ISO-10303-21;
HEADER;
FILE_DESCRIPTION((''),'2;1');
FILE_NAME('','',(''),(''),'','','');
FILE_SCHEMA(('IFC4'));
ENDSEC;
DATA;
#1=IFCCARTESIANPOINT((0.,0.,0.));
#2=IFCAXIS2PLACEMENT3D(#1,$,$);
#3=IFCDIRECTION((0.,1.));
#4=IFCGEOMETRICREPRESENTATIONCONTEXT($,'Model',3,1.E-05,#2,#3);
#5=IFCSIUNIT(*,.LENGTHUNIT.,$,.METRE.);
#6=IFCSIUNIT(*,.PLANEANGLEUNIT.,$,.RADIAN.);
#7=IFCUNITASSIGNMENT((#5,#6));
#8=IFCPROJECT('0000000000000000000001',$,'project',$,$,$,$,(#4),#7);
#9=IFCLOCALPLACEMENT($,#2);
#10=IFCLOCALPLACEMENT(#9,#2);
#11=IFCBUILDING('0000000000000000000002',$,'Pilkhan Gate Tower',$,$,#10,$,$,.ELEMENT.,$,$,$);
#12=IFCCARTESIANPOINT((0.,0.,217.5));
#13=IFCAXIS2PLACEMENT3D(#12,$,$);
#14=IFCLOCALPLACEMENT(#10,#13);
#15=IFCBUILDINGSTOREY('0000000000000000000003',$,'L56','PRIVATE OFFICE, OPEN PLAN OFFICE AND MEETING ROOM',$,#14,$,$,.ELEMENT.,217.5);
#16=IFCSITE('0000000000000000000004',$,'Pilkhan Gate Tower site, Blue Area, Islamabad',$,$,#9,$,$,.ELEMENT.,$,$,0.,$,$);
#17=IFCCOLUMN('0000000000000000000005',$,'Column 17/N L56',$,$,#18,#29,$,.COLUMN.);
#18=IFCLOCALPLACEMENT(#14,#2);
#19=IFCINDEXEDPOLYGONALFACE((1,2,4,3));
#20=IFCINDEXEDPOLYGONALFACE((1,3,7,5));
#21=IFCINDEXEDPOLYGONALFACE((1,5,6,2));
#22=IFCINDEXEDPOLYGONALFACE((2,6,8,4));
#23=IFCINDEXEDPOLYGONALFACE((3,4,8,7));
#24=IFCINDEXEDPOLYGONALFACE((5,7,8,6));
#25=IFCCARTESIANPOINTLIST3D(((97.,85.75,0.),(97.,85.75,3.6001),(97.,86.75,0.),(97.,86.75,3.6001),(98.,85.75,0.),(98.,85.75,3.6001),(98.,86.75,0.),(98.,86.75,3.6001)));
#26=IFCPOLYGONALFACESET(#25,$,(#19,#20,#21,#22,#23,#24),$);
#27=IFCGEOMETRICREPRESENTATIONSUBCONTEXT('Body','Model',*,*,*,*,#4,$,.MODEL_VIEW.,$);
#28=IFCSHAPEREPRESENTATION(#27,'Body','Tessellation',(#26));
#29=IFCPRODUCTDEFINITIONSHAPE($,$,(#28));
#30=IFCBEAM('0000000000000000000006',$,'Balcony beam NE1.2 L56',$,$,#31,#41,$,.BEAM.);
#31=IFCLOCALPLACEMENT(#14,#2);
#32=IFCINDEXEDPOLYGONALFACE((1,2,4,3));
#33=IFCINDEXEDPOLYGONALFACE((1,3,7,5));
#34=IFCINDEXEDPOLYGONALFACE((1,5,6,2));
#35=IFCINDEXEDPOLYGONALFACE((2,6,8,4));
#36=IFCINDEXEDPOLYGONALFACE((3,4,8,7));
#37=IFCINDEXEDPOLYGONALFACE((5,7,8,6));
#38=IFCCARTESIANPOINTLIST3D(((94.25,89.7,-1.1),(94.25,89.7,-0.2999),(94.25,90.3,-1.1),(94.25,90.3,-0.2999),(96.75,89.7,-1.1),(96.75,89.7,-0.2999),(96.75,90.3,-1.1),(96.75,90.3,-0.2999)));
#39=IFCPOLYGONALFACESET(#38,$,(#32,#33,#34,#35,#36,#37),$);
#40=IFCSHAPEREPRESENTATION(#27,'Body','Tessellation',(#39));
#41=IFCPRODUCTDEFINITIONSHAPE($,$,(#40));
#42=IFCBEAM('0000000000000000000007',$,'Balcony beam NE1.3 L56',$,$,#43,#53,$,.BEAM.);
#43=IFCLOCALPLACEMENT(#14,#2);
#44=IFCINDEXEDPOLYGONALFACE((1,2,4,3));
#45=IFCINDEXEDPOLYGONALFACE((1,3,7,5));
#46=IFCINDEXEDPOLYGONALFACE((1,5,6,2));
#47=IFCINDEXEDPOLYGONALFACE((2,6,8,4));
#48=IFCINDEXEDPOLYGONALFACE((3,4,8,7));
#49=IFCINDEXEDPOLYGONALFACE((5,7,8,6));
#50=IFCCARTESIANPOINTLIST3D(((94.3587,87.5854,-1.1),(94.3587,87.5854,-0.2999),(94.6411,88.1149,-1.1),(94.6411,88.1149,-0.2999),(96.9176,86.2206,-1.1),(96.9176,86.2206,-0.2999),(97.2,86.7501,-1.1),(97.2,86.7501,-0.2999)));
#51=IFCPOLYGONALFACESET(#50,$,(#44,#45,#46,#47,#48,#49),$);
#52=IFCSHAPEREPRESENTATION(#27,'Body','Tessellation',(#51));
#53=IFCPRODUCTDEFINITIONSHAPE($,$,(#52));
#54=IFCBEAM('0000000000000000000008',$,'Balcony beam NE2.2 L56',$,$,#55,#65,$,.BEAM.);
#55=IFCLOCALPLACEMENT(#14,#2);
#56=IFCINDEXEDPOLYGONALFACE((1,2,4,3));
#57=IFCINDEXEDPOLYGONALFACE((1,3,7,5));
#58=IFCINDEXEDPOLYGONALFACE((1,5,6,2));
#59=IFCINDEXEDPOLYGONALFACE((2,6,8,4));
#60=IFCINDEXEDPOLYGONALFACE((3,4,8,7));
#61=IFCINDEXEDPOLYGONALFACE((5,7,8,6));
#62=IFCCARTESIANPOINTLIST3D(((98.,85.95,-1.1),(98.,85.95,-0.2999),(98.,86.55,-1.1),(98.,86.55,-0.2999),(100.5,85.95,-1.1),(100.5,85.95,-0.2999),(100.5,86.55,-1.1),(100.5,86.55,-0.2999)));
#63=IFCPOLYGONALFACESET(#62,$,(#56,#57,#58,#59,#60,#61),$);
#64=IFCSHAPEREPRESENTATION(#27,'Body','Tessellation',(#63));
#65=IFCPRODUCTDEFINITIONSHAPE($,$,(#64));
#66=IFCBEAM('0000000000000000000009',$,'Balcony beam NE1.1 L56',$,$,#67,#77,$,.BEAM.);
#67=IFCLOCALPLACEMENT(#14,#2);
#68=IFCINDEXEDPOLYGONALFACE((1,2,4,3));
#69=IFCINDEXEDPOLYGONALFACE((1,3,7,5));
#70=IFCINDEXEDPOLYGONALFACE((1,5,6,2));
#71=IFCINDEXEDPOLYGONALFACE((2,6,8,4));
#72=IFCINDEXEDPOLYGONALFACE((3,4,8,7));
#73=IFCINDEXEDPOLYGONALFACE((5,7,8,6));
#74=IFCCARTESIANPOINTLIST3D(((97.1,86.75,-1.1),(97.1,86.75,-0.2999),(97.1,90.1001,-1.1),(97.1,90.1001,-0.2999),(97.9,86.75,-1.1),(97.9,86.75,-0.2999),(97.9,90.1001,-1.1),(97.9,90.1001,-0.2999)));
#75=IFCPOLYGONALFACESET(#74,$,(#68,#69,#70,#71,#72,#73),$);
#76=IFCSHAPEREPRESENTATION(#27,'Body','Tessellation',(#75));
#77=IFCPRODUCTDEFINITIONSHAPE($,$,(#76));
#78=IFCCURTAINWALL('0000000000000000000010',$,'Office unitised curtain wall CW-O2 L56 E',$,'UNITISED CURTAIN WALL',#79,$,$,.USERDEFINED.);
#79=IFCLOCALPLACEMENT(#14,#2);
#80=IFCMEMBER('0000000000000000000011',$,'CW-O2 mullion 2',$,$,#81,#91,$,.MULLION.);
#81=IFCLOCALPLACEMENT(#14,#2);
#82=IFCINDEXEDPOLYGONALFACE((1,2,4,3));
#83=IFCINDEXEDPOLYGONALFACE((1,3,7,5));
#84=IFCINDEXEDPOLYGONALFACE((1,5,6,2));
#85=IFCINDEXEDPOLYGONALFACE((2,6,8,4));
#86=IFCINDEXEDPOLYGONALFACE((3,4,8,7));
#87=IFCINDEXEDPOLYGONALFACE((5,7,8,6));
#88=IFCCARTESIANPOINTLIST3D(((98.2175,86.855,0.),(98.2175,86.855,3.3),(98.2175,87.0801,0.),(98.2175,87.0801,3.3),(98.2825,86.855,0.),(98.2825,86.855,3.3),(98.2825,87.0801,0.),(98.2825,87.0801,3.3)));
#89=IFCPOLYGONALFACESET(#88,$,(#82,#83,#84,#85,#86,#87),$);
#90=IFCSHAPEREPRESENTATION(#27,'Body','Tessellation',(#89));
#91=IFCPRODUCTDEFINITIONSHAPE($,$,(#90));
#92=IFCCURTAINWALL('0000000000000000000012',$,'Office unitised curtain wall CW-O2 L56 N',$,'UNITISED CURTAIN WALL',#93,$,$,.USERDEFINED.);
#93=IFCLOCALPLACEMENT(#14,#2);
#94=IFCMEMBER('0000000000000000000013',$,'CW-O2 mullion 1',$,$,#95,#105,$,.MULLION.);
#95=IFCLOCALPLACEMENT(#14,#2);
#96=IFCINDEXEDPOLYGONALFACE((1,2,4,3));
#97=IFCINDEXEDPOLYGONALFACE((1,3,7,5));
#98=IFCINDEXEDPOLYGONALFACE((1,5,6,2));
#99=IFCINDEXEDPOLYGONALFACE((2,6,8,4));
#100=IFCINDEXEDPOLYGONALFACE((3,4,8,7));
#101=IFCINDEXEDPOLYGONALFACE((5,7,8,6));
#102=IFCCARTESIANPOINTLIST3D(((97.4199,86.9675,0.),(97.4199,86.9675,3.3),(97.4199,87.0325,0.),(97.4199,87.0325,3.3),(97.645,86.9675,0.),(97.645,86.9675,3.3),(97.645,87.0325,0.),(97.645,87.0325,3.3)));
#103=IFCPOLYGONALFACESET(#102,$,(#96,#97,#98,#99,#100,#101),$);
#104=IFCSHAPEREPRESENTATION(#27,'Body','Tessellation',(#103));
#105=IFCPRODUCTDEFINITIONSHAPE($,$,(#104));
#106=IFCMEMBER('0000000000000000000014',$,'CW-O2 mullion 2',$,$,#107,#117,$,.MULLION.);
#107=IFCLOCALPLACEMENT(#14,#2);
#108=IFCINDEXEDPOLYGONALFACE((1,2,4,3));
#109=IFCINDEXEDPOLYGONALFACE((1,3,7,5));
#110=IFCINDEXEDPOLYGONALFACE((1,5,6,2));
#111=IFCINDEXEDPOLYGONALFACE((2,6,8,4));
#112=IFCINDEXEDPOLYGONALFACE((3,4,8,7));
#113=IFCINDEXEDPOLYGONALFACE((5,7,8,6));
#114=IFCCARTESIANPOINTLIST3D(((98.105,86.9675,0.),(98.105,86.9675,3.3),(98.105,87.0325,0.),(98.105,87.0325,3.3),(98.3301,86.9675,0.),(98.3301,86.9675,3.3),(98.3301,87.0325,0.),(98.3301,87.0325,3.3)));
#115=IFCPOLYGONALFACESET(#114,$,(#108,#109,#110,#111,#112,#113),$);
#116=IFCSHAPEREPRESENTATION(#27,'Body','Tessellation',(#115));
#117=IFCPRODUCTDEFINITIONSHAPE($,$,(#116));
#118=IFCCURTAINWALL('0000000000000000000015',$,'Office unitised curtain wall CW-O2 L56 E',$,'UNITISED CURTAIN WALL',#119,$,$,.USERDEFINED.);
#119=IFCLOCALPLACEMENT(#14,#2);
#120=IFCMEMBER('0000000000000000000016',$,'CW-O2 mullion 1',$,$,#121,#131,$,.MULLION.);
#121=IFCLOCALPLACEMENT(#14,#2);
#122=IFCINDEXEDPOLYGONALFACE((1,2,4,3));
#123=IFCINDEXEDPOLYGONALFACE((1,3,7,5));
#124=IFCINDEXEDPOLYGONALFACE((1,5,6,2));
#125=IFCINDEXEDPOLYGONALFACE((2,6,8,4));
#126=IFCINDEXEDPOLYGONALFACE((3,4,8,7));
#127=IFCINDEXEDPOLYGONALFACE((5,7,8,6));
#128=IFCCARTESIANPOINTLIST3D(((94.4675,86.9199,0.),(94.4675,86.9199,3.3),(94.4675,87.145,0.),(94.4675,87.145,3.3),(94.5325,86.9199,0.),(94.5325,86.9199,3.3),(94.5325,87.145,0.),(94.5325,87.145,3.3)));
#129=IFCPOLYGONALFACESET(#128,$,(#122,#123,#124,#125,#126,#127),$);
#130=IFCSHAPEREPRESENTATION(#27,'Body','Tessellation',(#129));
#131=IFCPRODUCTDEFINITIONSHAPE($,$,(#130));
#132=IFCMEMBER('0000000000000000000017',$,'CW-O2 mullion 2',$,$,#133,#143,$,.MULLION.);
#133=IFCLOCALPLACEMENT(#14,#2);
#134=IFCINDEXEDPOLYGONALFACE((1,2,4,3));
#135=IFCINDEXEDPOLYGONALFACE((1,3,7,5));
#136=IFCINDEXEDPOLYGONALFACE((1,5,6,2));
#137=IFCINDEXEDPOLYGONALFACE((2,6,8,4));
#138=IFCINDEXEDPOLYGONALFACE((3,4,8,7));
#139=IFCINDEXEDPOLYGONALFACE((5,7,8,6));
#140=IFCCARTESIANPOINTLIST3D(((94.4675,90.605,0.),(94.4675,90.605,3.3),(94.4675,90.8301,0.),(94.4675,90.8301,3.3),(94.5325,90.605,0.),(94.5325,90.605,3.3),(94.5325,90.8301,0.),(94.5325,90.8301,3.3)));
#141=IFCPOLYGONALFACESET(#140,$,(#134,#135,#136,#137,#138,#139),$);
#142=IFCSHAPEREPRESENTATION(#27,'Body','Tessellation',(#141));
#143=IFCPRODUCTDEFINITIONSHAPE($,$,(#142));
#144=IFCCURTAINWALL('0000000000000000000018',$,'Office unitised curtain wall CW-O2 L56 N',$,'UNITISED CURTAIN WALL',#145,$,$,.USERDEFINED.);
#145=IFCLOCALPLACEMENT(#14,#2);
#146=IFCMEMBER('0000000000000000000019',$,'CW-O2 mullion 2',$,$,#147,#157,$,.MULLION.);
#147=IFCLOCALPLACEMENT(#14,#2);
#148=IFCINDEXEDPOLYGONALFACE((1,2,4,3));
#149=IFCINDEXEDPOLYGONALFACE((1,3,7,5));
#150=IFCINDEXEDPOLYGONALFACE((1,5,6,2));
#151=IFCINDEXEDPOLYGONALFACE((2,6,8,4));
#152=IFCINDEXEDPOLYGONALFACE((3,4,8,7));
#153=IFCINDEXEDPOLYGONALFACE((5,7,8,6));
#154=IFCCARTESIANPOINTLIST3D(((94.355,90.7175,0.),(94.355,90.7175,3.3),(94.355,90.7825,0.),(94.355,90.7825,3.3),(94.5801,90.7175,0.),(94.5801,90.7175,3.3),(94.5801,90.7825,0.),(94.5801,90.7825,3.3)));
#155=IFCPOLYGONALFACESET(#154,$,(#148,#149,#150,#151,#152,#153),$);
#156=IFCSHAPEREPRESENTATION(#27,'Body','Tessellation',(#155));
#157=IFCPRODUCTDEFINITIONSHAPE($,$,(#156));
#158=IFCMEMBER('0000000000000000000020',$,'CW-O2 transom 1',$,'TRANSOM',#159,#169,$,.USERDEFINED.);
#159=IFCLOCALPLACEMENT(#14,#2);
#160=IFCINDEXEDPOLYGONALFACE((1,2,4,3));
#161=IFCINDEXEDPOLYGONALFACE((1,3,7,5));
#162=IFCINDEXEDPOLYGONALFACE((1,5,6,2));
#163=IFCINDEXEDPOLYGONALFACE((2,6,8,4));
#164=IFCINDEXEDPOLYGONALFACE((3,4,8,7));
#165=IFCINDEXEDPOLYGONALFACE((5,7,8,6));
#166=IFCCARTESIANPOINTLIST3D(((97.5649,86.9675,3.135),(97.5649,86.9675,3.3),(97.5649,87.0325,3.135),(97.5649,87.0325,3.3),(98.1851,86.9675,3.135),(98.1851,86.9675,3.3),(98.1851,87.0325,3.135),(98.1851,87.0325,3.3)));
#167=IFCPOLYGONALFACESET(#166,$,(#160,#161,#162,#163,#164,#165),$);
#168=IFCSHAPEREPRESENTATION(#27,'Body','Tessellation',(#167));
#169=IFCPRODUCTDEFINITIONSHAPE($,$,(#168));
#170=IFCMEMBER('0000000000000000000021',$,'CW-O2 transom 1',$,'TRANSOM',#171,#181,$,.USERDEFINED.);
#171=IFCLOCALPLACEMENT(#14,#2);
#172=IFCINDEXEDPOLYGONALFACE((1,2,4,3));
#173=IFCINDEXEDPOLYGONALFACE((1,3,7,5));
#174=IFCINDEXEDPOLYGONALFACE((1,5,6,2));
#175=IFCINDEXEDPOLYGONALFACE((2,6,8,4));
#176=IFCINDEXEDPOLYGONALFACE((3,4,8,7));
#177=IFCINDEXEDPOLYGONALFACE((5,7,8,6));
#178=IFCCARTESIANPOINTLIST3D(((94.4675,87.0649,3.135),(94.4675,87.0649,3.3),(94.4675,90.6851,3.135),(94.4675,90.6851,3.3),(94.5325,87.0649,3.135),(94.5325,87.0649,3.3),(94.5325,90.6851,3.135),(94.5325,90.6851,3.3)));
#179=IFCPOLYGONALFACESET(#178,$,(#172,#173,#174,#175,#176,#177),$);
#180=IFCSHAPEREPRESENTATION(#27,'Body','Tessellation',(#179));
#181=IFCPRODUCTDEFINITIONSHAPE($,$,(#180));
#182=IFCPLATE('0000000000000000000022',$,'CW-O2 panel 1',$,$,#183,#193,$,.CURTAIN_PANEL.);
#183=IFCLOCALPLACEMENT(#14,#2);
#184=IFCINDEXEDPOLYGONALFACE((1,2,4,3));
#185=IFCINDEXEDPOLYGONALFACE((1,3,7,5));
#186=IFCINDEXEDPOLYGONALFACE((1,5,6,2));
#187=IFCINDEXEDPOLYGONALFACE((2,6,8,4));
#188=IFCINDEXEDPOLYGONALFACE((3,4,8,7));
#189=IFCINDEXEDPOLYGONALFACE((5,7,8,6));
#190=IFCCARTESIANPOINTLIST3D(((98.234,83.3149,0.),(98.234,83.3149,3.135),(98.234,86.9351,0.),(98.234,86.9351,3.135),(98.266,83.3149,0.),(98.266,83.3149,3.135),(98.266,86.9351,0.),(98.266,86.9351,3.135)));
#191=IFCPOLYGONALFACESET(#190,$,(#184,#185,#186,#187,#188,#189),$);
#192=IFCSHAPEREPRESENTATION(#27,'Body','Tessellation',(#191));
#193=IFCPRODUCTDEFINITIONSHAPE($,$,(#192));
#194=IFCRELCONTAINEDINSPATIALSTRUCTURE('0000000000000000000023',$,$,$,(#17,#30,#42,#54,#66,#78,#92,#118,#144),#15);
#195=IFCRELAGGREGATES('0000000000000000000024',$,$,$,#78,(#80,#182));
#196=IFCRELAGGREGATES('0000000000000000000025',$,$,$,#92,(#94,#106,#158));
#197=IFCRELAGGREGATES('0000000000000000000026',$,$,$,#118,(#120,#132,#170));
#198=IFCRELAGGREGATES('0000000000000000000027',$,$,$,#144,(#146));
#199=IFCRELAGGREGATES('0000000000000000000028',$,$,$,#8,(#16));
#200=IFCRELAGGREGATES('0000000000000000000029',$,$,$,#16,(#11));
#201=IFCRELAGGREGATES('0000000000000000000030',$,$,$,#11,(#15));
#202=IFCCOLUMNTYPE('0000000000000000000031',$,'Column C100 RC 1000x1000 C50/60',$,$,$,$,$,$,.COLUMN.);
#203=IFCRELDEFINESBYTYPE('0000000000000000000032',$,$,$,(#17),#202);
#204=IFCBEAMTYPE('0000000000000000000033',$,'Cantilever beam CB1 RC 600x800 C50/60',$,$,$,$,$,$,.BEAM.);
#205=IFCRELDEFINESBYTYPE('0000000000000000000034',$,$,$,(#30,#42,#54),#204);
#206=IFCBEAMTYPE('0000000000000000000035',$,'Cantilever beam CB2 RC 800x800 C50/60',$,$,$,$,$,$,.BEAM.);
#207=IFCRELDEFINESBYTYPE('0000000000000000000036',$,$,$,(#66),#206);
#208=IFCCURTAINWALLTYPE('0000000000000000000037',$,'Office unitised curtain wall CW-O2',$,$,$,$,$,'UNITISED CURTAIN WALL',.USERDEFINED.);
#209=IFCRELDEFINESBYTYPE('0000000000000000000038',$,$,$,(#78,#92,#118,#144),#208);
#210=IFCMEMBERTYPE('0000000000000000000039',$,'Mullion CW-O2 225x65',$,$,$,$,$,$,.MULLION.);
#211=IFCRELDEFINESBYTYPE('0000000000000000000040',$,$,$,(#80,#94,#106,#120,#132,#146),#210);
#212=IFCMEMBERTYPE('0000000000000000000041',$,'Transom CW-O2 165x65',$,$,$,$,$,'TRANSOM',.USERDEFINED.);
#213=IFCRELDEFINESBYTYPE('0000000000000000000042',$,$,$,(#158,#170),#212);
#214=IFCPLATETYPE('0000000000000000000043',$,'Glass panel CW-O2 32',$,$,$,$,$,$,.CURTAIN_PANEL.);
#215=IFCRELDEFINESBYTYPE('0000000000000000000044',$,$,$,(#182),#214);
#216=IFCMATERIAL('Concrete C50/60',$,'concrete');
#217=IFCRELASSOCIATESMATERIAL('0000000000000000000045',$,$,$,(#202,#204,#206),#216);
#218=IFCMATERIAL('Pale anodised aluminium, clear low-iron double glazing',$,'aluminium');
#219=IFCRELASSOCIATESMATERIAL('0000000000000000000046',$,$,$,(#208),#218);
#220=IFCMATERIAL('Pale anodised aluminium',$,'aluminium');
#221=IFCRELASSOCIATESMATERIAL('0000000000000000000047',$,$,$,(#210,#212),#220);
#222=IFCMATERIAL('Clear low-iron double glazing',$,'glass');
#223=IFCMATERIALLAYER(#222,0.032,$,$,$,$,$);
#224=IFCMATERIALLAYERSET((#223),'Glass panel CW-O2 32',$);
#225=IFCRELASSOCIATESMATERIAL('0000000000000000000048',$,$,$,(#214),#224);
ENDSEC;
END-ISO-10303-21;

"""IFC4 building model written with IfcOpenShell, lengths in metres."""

from ifc_helpers import new_model, si_unit, direction, frame, origin, origin_2d, place, context, subcontext, project, spatial, rectangle, extrude, material, layer, layer_set, material_profile, profile_set, type_object, element, aggregate, save


model = new_model("IFC4")

# Units and contexts
model_context = context("Model", 3, precision=1e-05, world=origin(), true_north=direction((0.0, 1.0)))
body_context = subcontext(model_context, "Body", "Model", "MODEL_VIEW")
ifc_project = project(units=[si_unit("LENGTHUNIT", "METRE"), si_unit("PLANEANGLEUNIT", "RADIAN")], contexts=[model_context])

# Site, building, storey
site_placement = place(None, origin())
site = spatial("IfcSite", under=ifc_project, at=site_placement, Name="Pilkhan Gate Tower site, Blue Area, Islamabad", CompositionType="ELEMENT", RefElevation=0.0)
building_placement = place(site_placement, origin())
building = spatial("IfcBuilding", under=site, at=building_placement, Name="Pilkhan Gate Tower", CompositionType="ELEMENT")
storey_placement = place(building_placement, frame((0.0, 0.0, 217.5)))
storey = spatial("IfcBuildingStorey", under=building, at=storey_placement, Name="L56", Description="PRIVATE OFFICE, OPEN PLAN OFFICE AND MEETING ROOM", CompositionType="ELEMENT", Elevation=217.5)

# Column
ifc_material_1 = material(Name="Concrete C50/60", Category="concrete")
ifc_material_profile_1 = material_profile(ifc_material_1, rectangle(XDim=1.0, YDim=1.0, at=origin_2d()), Name="RC 1000x1000")
ifc_profile_set_1 = profile_set([ifc_material_profile_1], Name="Concrete C50/60")
column_type = type_object("IfcColumnType", Name="Column C100 RC 1000x1000 C50/60", PredefinedType="COLUMN", material=ifc_profile_set_1)
column_placement = place(storey_placement, frame((97.5, 86.25, 0.0), z_axis=(0.0, 0.0, 1.0), x_axis=(1.0, 0.0, 0.0)))
element("IfcColumn", 1, at=column_placement, inside=storey, type_object=column_type, Name="Column 17/N L56", PredefinedType="COLUMN", context=body_context, shape_type="SweptSolid", body=[
    extrude(rectangle(XDim=1.0, YDim=1.0, at=origin_2d()), origin(), (0.0, 0.0, 1.0), 3.6001),
])

# Beams
ifc_material_profile_2 = material_profile(ifc_material_1, rectangle(XDim=0.6001, YDim=0.8, at=origin_2d()), Name="RC 600x800")
ifc_profile_set_2 = profile_set([ifc_material_profile_2], Name="Concrete C50/60")
beam_type_1 = type_object("IfcBeamType", Name="Cantilever beam CB1 RC 600x800 C50/60", PredefinedType="BEAM", material=ifc_profile_set_2)
beam_1_placement = place(storey_placement, frame((94.25, 90.0, -0.7), z_axis=(1.0, 0.0, 0.0), x_axis=(0.0, 1.0, 0.0)))
element("IfcBeam", 2, at=beam_1_placement, inside=storey, type_object=beam_type_1, Name="Balcony beam NE1.2 L56", PredefinedType="BEAM", context=body_context, shape_type="SweptSolid", body=[
    extrude(rectangle(XDim=0.6001, YDim=0.8, at=origin_2d()), origin(), (0.0, 0.0, 1.0), 2.5),
])
beam_2_placement = place(storey_placement, frame((97.0588, 86.4854, -0.7), z_axis=(-0.882348, 0.470597, 0.0), x_axis=(-0.470597, -0.882348, 0.0)))
element("IfcBeam", 3, at=beam_2_placement, inside=storey, type_object=beam_type_1, Name="Balcony beam NE1.3 L56", PredefinedType="BEAM", context=body_context, shape_type="SweptSolid", body=[
    extrude(rectangle(XDim=0.6001, YDim=0.8, at=origin_2d()), origin(), (0.0, 0.0, 1.0), 2.9001),
])
beam_3_placement = place(storey_placement, frame((98.0, 86.25, -0.7), z_axis=(1.0, 0.0, 0.0), x_axis=(0.0, 1.0, 0.0)))
element("IfcBeam", 4, at=beam_3_placement, inside=storey, type_object=beam_type_1, Name="Balcony beam NE2.2 L56", PredefinedType="BEAM", context=body_context, shape_type="SweptSolid", body=[
    extrude(rectangle(XDim=0.6001, YDim=0.8, at=origin_2d()), origin(), (0.0, 0.0, 1.0), 2.5),
])
ifc_material_profile_3 = material_profile(ifc_material_1, rectangle(XDim=0.8, YDim=0.8, at=origin_2d()), Name="RC 800x800")
ifc_profile_set_3 = profile_set([ifc_material_profile_3], Name="Concrete C50/60")
beam_type_2 = type_object("IfcBeamType", Name="Cantilever beam CB2 RC 800x800 C50/60", PredefinedType="BEAM", material=ifc_profile_set_3)
beam_4_placement = place(storey_placement, frame((97.5, 86.75, -0.7), z_axis=(0.0, 1.0, 0.0), x_axis=(-1.0, 0.0, 0.0)))
element("IfcBeam", 5, at=beam_4_placement, inside=storey, type_object=beam_type_2, Name="Balcony beam NE1.1 L56", PredefinedType="BEAM", context=body_context, shape_type="SweptSolid", body=[
    extrude(rectangle(XDim=0.8, YDim=0.8, at=origin_2d()), origin(), (0.0, 0.0, 1.0), 3.3501),
])

# Curtain wall, member
ifc_material_2 = material(Name="Pale anodised aluminium, clear low-iron double glazing", Category="aluminium")
curtain_wall_type = type_object("IfcCurtainWallType", Name="Office unitised curtain wall CW-O2", ElementType="UNITISED CURTAIN WALL", PredefinedType="USERDEFINED", material=ifc_material_2)
curtain_wall_1_placement = place(storey_placement, origin())
curtain_wall_1 = element("IfcCurtainWall", 6, at=curtain_wall_1_placement, inside=storey, type_object=curtain_wall_type, Name="Office unitised curtain wall CW-O2 L56 E", ObjectType="UNITISED CURTAIN WALL", PredefinedType="USERDEFINED")
ifc_material_3 = material(Name="Pale anodised aluminium", Category="aluminium")
ifc_material_profile_4 = material_profile(ifc_material_3, rectangle(XDim=0.0649, YDim=0.2251, at=origin_2d()), Name="Mullion 225x65")
ifc_profile_set_4 = profile_set([ifc_material_profile_4], Name="Pale anodised aluminium")
member_type_1 = type_object("IfcMemberType", Name="Mullion CW-O2 225x65", PredefinedType="MULLION", material=ifc_profile_set_4)
member_1_placement = place(storey_placement, frame((98.25, 86.9675, 0.0), z_axis=(0.0, 0.0, 1.0), x_axis=(-1.0, 0.0, 0.0)))
member_1 = element("IfcMember", 7, at=member_1_placement, type_object=member_type_1, Name="CW-O2 mullion 2", PredefinedType="MULLION", context=body_context, shape_type="SweptSolid", body=[
    extrude(rectangle(XDim=0.0649, YDim=0.2251, at=origin_2d()), origin(), (0.0, 0.0, 1.0), 3.3),
])

# Curtain walls, members
curtain_wall_2_placement = place(storey_placement, origin())
curtain_wall_2 = element("IfcCurtainWall", 8, at=curtain_wall_2_placement, inside=storey, type_object=curtain_wall_type, Name="Office unitised curtain wall CW-O2 L56 N", ObjectType="UNITISED CURTAIN WALL", PredefinedType="USERDEFINED")
member_2_placement = place(storey_placement, frame((97.5325, 87.0, 0.0), z_axis=(0.0, 0.0, 1.0), x_axis=(0.0, 1.0, 0.0)))
member_2 = element("IfcMember", 9, at=member_2_placement, type_object=member_type_1, Name="CW-O2 mullion 1", PredefinedType="MULLION", context=body_context, shape_type="SweptSolid", body=[
    extrude(rectangle(XDim=0.0649, YDim=0.2251, at=origin_2d()), origin(), (0.0, 0.0, 1.0), 3.3),
])
member_3_placement = place(storey_placement, frame((98.2175, 87.0, 0.0), z_axis=(0.0, 0.0, 1.0), x_axis=(0.0, 1.0, 0.0)))
member_3 = element("IfcMember", 10, at=member_3_placement, type_object=member_type_1, Name="CW-O2 mullion 2", PredefinedType="MULLION", context=body_context, shape_type="SweptSolid", body=[
    extrude(rectangle(XDim=0.0649, YDim=0.2251, at=origin_2d()), origin(), (0.0, 0.0, 1.0), 3.3),
])
curtain_wall_3_placement = place(storey_placement, origin())
curtain_wall_3 = element("IfcCurtainWall", 11, at=curtain_wall_3_placement, inside=storey, type_object=curtain_wall_type, Name="Office unitised curtain wall CW-O2 L56 E", ObjectType="UNITISED CURTAIN WALL", PredefinedType="USERDEFINED")
member_4_placement = place(storey_placement, frame((94.5, 87.0325, 0.0), z_axis=(0.0, 0.0, 1.0), x_axis=(-1.0, 0.0, 0.0)))
member_4 = element("IfcMember", 12, at=member_4_placement, type_object=member_type_1, Name="CW-O2 mullion 1", PredefinedType="MULLION", context=body_context, shape_type="SweptSolid", body=[
    extrude(rectangle(XDim=0.0649, YDim=0.2251, at=origin_2d()), origin(), (0.0, 0.0, 1.0), 3.3),
])
member_5_placement = place(storey_placement, frame((94.5, 90.7175, 0.0), z_axis=(0.0, 0.0, 1.0), x_axis=(-1.0, 0.0, 0.0)))
member_5 = element("IfcMember", 13, at=member_5_placement, type_object=member_type_1, Name="CW-O2 mullion 2", PredefinedType="MULLION", context=body_context, shape_type="SweptSolid", body=[
    extrude(rectangle(XDim=0.0649, YDim=0.2251, at=origin_2d()), origin(), (0.0, 0.0, 1.0), 3.3),
])

# Curtain wall, member
curtain_wall_4_placement = place(storey_placement, origin())
curtain_wall_4 = element("IfcCurtainWall", 14, at=curtain_wall_4_placement, inside=storey, type_object=curtain_wall_type, Name="Office unitised curtain wall CW-O2 L56 N", ObjectType="UNITISED CURTAIN WALL", PredefinedType="USERDEFINED")
member_6_placement = place(storey_placement, frame((94.4675, 90.75, 0.0), z_axis=(0.0, 0.0, 1.0), x_axis=(0.0, 1.0, 0.0)))
member_6 = element("IfcMember", 15, at=member_6_placement, type_object=member_type_1, Name="CW-O2 mullion 2", PredefinedType="MULLION", context=body_context, shape_type="SweptSolid", body=[
    extrude(rectangle(XDim=0.0649, YDim=0.2251, at=origin_2d()), origin(), (0.0, 0.0, 1.0), 3.3),
])

# Members
ifc_material_profile_5 = material_profile(ifc_material_3, rectangle(XDim=0.0649, YDim=0.165, at=origin_2d()), Name="Transom 165x65")
ifc_profile_set_5 = profile_set([ifc_material_profile_5], Name="Pale anodised aluminium")
member_type_2 = type_object("IfcMemberType", Name="Transom CW-O2 165x65", ElementType="TRANSOM", PredefinedType="USERDEFINED", material=ifc_profile_set_5)
member_7_placement = place(storey_placement, frame((97.5649, 87.0, 3.2175), z_axis=(1.0, 0.0, 0.0), x_axis=(0.0, 1.0, 0.0)))
member_7 = element("IfcMember", 16, at=member_7_placement, type_object=member_type_2, Name="CW-O2 transom 1", ObjectType="TRANSOM", PredefinedType="USERDEFINED", context=body_context, shape_type="SweptSolid", body=[
    extrude(rectangle(XDim=0.0649, YDim=0.165, at=origin_2d()), origin(), (0.0, 0.0, 1.0), 0.6201),
])
member_8_placement = place(storey_placement, frame((94.5, 87.0649, 3.2175), z_axis=(0.0, 1.0, 0.0), x_axis=(-1.0, 0.0, 0.0)))
member_8 = element("IfcMember", 17, at=member_8_placement, type_object=member_type_2, Name="CW-O2 transom 1", ObjectType="TRANSOM", PredefinedType="USERDEFINED", context=body_context, shape_type="SweptSolid", body=[
    extrude(rectangle(XDim=0.0649, YDim=0.165, at=origin_2d()), origin(), (0.0, 0.0, 1.0), 3.6201),
])

# Plate
ifc_material_4 = material(Name="Clear low-iron double glazing", Category="glass")
ifc_layer_1 = layer(ifc_material_4, 0.032)
ifc_layer_set_1 = layer_set([ifc_layer_1], Name="Glass panel CW-O2 32")
plate_type = type_object("IfcPlateType", Name="Glass panel CW-O2 32", PredefinedType="CURTAIN_PANEL", material=ifc_layer_set_1)
plate_1_placement = place(storey_placement, frame((98.25, 85.125, 0.0), z_axis=(0.0, 0.0, 1.0), x_axis=(0.0, 1.0, 0.0)))
plate_1 = element("IfcPlate", 18, at=plate_1_placement, type_object=plate_type, Name="CW-O2 panel 1", PredefinedType="CURTAIN_PANEL", context=body_context, shape_type="SweptSolid", body=[
    extrude(rectangle(XDim=3.6201, YDim=0.032, at=origin_2d()), origin(), (0.0, 0.0, 1.0), 3.135),
])
aggregate(curtain_wall_1, [member_1, plate_1])
aggregate(curtain_wall_2, [member_2, member_3, member_7])
aggregate(curtain_wall_3, [member_4, member_5, member_8])
aggregate(curtain_wall_4, [member_6])

save(model, "model.ifc")
